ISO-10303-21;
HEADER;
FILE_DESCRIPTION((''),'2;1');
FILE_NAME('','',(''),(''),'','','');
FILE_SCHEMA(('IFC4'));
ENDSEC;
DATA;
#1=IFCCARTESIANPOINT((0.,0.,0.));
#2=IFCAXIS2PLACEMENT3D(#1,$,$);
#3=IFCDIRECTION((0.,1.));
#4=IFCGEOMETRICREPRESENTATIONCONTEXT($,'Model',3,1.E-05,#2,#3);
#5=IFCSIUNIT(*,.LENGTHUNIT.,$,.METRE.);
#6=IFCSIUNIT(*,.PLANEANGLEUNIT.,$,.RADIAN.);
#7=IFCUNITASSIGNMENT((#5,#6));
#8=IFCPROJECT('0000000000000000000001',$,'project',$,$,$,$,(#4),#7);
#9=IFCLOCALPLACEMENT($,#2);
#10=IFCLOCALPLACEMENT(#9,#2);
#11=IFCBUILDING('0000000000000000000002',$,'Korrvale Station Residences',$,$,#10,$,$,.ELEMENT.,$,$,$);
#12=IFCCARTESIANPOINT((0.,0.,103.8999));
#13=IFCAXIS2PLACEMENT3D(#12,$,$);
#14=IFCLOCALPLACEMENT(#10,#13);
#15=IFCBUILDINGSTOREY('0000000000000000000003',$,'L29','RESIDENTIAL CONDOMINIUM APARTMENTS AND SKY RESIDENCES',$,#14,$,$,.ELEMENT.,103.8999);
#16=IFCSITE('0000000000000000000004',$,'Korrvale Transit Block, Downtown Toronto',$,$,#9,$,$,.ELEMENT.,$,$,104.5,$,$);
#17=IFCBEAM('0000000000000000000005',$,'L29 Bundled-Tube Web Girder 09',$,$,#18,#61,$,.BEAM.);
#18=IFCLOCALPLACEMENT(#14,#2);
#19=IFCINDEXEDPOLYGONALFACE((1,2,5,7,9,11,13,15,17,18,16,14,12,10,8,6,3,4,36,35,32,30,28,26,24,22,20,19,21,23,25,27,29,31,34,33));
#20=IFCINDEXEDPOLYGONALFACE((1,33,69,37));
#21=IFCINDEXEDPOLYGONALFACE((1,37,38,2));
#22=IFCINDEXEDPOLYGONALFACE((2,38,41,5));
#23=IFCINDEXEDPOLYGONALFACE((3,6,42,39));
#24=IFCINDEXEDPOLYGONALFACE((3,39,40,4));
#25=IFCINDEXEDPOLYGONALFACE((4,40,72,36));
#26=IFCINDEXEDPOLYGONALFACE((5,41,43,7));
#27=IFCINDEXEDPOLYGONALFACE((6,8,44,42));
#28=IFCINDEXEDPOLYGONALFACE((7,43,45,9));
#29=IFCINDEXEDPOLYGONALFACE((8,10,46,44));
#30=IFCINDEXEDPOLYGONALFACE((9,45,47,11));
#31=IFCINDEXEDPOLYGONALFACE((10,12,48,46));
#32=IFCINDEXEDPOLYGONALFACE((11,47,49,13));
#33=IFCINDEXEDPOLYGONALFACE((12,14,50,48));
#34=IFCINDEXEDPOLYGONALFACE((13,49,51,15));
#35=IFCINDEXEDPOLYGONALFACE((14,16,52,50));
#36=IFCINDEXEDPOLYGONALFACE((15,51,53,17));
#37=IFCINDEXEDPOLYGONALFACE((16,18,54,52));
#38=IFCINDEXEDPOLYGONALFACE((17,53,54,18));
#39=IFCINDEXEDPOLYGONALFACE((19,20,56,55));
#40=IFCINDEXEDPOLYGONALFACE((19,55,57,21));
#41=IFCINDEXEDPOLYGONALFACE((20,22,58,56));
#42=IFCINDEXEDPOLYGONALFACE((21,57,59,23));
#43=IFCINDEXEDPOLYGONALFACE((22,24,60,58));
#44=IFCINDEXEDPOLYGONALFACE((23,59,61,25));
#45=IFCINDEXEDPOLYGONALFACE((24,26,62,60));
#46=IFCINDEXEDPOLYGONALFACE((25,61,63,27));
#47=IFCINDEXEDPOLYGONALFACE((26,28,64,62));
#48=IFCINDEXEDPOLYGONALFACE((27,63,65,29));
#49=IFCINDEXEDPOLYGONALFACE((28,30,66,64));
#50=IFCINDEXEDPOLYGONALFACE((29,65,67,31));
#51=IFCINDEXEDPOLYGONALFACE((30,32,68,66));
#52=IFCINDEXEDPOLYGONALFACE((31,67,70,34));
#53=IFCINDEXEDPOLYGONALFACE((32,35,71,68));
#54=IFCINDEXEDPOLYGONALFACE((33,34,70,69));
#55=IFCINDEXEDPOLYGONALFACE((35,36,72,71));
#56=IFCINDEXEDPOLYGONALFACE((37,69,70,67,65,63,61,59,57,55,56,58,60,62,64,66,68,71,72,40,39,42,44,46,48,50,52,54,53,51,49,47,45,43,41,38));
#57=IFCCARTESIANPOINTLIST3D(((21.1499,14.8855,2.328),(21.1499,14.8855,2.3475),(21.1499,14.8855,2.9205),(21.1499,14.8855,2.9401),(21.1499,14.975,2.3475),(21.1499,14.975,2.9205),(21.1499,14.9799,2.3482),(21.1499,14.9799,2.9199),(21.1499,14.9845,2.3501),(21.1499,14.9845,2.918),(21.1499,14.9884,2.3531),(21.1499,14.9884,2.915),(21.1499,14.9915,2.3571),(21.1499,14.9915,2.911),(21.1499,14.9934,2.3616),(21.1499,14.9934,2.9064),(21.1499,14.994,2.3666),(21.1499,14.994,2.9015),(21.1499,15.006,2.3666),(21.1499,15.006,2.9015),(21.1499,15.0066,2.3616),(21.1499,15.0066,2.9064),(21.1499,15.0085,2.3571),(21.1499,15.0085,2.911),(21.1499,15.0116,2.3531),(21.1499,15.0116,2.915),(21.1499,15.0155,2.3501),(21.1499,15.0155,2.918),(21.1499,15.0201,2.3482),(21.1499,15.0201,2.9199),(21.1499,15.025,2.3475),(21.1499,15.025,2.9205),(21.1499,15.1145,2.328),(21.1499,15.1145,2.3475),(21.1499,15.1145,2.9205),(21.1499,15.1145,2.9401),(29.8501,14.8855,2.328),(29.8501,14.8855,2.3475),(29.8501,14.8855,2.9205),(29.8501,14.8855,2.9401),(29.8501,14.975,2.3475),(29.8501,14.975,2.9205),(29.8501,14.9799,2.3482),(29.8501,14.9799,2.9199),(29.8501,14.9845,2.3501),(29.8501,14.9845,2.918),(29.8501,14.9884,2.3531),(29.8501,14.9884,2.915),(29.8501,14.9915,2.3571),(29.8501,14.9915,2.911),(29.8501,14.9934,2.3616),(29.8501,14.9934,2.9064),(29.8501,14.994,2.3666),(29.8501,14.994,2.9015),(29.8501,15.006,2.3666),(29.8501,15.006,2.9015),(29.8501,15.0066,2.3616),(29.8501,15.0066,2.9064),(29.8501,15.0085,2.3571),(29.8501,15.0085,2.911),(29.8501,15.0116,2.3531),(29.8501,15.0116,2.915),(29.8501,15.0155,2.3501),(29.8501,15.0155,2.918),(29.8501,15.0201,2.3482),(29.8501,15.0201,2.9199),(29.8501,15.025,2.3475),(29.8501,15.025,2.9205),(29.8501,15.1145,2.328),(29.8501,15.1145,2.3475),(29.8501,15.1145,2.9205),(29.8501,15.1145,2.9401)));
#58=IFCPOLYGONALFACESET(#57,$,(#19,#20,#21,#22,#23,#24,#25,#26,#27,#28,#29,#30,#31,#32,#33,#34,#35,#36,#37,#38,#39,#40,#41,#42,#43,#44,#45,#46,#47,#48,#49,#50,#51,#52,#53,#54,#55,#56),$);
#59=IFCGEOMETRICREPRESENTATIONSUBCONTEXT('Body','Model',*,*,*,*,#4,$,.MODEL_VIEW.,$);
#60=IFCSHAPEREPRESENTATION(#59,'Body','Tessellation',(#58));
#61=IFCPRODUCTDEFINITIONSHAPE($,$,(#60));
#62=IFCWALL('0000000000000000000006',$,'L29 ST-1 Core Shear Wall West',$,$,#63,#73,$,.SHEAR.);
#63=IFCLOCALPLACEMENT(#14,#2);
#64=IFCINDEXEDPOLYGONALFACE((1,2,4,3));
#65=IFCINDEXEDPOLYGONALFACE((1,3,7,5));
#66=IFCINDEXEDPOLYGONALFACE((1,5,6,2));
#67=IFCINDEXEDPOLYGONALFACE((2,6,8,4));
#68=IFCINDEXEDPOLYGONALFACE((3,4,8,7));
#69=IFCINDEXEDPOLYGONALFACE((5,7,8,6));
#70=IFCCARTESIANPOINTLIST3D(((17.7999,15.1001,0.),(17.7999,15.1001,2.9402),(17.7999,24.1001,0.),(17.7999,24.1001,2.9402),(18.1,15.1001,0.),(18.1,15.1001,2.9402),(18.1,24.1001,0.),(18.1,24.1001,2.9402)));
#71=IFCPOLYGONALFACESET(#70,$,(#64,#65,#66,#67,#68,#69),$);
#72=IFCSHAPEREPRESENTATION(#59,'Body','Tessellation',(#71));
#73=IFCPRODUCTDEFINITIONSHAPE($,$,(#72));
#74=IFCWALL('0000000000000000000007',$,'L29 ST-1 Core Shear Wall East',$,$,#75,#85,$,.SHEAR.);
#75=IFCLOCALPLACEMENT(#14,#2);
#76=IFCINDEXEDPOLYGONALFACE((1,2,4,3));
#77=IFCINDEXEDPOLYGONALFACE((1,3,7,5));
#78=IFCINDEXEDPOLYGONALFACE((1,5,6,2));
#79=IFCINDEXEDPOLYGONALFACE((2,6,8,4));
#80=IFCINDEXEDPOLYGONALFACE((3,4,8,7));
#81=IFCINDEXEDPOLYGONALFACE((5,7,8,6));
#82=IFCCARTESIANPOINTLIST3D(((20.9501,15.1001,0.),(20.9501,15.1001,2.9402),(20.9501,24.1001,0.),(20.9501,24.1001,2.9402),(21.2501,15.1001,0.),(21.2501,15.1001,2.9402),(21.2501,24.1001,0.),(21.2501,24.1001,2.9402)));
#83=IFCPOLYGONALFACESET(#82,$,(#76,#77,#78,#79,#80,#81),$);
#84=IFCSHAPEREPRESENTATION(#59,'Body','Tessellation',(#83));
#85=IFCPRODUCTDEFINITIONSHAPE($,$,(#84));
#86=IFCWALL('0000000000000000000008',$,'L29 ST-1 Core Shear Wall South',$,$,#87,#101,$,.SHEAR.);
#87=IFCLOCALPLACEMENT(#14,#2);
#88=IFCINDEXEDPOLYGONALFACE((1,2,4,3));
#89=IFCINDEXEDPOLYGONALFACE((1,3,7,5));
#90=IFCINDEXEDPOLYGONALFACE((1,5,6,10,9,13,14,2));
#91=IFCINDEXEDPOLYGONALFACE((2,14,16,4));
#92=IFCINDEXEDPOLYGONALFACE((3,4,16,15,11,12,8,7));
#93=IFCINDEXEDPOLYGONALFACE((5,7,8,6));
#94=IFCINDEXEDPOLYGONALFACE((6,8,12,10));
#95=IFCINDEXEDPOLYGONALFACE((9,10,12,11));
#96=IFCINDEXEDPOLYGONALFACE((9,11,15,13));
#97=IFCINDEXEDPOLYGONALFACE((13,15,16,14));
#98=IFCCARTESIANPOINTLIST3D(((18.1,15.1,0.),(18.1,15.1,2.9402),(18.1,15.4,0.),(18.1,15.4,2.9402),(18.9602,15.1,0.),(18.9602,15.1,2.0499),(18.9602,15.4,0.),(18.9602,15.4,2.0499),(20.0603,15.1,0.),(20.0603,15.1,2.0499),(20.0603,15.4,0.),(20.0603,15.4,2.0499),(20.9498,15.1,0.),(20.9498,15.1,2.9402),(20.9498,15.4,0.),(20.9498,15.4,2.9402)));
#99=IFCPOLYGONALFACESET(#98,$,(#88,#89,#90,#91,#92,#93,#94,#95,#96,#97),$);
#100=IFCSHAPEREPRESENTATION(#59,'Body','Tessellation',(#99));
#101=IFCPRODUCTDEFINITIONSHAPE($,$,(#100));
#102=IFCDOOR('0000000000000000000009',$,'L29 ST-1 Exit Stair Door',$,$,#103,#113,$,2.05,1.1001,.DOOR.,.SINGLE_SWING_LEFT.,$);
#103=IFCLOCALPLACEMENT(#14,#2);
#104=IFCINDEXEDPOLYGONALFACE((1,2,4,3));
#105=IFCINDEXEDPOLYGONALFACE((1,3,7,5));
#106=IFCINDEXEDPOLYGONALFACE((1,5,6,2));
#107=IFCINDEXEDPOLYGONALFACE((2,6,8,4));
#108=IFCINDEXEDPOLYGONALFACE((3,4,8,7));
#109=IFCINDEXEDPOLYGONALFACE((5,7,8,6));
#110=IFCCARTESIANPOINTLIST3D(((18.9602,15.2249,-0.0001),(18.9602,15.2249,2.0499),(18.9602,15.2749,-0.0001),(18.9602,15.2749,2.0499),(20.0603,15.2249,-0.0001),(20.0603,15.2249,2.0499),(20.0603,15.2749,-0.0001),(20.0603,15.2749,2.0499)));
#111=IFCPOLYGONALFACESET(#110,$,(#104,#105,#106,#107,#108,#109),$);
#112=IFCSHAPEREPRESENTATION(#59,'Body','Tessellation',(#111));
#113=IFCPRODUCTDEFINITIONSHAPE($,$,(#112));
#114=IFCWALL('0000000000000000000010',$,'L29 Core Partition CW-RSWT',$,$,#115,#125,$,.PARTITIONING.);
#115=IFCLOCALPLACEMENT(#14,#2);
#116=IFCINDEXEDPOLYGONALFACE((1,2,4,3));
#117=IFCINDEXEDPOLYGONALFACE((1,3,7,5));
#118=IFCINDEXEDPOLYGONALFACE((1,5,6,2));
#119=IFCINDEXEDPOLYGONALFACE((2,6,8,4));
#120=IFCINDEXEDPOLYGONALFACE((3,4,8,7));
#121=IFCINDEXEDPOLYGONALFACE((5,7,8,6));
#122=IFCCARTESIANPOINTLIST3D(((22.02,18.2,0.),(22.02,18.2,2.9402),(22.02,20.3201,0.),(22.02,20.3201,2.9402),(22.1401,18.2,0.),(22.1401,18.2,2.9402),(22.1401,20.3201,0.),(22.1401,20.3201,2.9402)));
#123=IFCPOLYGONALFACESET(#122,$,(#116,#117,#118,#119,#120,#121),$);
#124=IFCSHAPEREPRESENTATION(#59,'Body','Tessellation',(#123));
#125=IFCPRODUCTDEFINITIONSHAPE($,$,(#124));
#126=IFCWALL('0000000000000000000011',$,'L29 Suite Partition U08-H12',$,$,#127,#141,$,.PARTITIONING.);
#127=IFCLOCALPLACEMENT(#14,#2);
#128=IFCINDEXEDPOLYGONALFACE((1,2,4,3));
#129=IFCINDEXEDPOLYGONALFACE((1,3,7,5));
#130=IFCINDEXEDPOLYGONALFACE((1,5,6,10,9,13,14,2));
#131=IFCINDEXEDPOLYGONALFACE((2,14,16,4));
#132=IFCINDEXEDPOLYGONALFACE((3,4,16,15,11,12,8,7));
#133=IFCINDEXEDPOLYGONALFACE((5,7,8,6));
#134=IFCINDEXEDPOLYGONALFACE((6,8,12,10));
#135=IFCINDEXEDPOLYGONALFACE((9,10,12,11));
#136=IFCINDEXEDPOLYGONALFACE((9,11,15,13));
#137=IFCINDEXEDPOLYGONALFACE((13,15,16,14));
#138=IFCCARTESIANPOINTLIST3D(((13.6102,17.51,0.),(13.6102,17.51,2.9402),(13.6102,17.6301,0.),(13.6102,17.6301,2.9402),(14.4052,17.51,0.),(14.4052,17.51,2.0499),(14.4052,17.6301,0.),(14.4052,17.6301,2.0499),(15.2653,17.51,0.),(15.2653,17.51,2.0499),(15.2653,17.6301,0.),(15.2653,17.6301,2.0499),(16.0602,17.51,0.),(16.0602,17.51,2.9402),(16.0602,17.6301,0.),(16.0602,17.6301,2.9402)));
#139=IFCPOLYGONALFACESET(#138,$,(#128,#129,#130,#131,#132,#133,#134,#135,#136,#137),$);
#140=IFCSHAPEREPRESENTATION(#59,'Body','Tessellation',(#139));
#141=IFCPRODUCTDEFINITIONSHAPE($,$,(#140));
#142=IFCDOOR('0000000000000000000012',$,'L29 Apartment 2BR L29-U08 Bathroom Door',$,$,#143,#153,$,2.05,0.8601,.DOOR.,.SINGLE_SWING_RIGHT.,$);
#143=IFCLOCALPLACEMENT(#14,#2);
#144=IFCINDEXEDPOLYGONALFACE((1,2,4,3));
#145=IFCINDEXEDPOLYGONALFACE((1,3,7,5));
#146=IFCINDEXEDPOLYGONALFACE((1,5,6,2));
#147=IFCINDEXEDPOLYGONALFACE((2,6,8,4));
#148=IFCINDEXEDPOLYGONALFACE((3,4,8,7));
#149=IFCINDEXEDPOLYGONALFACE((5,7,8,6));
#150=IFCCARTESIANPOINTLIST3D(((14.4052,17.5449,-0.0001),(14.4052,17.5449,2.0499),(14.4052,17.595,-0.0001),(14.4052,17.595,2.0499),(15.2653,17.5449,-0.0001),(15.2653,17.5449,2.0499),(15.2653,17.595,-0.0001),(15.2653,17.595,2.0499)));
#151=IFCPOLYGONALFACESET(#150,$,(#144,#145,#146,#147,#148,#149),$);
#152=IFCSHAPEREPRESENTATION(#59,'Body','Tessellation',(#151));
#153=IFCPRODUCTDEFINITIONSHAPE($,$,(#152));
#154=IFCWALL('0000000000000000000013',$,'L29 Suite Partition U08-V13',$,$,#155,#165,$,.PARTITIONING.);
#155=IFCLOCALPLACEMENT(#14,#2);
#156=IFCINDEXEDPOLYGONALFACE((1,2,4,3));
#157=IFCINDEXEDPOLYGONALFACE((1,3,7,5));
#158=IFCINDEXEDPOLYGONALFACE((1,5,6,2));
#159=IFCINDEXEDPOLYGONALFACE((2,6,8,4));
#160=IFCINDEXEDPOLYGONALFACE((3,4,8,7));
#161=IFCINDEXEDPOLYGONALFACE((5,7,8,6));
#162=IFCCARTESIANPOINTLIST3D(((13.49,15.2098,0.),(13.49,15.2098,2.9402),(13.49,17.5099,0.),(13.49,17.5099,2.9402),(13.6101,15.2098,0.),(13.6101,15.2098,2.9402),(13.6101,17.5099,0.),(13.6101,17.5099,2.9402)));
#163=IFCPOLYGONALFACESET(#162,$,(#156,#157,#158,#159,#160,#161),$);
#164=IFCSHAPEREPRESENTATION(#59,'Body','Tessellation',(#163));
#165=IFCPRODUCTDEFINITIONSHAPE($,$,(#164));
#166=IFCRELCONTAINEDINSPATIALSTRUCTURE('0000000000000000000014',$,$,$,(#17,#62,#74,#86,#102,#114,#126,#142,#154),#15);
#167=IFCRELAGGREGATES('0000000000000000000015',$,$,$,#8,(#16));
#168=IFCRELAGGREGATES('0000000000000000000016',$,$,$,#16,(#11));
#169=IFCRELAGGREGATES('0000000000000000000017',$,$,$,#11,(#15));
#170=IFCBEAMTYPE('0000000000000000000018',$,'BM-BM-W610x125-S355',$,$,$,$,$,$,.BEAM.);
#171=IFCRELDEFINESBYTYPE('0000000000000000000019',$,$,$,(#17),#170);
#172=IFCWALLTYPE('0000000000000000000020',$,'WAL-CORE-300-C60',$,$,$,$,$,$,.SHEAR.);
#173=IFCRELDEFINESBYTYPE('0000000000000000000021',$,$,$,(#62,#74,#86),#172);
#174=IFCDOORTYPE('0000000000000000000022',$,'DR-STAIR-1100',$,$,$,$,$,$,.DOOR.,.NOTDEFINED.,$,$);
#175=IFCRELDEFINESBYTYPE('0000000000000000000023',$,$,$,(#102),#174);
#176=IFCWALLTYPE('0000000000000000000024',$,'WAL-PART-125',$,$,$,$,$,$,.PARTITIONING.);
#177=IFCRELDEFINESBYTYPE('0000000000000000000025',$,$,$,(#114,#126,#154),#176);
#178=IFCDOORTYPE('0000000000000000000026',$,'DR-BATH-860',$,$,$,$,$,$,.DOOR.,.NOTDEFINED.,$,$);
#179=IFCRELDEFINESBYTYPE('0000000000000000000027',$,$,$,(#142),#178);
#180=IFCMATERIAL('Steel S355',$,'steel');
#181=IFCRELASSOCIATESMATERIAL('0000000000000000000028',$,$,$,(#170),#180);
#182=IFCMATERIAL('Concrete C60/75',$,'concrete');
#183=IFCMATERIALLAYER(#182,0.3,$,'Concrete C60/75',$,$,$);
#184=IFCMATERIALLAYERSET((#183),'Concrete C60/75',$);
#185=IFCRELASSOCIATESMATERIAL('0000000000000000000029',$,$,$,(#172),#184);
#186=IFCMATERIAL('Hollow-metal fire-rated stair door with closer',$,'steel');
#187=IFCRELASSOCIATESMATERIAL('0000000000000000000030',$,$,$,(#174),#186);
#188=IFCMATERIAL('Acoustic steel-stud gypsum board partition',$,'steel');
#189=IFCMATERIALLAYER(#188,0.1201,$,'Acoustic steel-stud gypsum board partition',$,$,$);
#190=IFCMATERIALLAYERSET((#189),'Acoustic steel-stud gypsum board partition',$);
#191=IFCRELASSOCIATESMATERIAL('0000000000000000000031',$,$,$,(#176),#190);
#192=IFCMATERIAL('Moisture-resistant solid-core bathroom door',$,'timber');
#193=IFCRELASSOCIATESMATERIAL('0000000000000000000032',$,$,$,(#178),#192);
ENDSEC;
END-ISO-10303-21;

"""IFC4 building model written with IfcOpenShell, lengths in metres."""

from ifc_helpers import new_model, si_unit, direction, frame, frame_2d, origin, origin_2d, place, context, subcontext, project, spatial, rectangle, i_section, extrude, material, layer, layer_set, material_profile, profile_set, type_object, element, fill, save


model = new_model("IFC4")

# Units and contexts
model_context = context("Model", 3, precision=1e-05, world=origin(), true_north=direction((0.0, 1.0)))
body_context = subcontext(model_context, "Body", "Model", "MODEL_VIEW")
ifc_project = project(units=[si_unit("LENGTHUNIT", "METRE"), si_unit("PLANEANGLEUNIT", "RADIAN")], contexts=[model_context])

# Site, building, storey
site_placement = place(None, origin())
site = spatial("IfcSite", under=ifc_project, at=site_placement, Name="Korrvale Transit Block, Downtown Toronto", CompositionType="ELEMENT", RefElevation=104.5)
building_placement = place(site_placement, origin())
building = spatial("IfcBuilding", under=site, at=building_placement, Name="Korrvale Station Residences", CompositionType="ELEMENT")
storey_placement = place(building_placement, frame((0.0, 0.0, 103.8999)))
storey = spatial("IfcBuildingStorey", under=building, at=storey_placement, Name="L29", Description="RESIDENTIAL CONDOMINIUM APARTMENTS AND SKY RESIDENCES", CompositionType="ELEMENT", Elevation=103.8999)

# Beam
ifc_material_1 = material(Name="Steel S355", Category="steel")
ifc_material_profile = material_profile(ifc_material_1, i_section(OverallWidth=0.229, OverallDepth=0.6121, WebThickness=0.012, FlangeThickness=0.0195, FilletRadius=0.019, at=origin_2d()), Name="W610x125")
ifc_profile_set = profile_set([ifc_material_profile], Name="Steel S355")
beam_type = type_object("IfcBeamType", Name="BM-BM-W610x125-S355", PredefinedType="BEAM", material=ifc_profile_set)
beam_placement = place(storey_placement, frame((21.1499, 15.0, 2.634), z_axis=(1.0, 0.0, 0.0), x_axis=(0.0, 1.0, 0.0)))
element("IfcBeam", 1, at=beam_placement, inside=storey, type_object=beam_type, Name="L29 Bundled-Tube Web Girder 09", PredefinedType="BEAM", context=body_context, shape_type="SweptSolid", body=[
    extrude(i_section(OverallWidth=0.229, OverallDepth=0.6121, WebThickness=0.012, FlangeThickness=0.0195, FilletRadius=0.019, at=origin_2d()), origin(), (0.0, 0.0, 1.0), 8.7002),
])

# Walls
ifc_material_2 = material(Name="Concrete C60/75", Category="concrete")
ifc_layer_1 = layer(ifc_material_2, 0.3, Name="Concrete C60/75")
ifc_layer_set_1 = layer_set([ifc_layer_1], Name="Concrete C60/75")
wall_type_1 = type_object("IfcWallType", Name="WAL-CORE-300-C60", PredefinedType="SHEAR", material=ifc_layer_set_1)
for number, where, z_axis, x_axis, name in (
    (2, (17.95, 15.1001, 0.0), (0.0, 0.0, 1.0), (0.0, 1.0, 0.0), "L29 ST-1 Core Shear Wall West"),
    (3, (21.1001, 15.1001, 0.0), (0.0, 0.0, 1.0), (0.0, 1.0, 0.0), "L29 ST-1 Core Shear Wall East"),
):
    element("IfcWall", number, at=place(storey_placement, frame(where, z_axis=z_axis, x_axis=x_axis)), inside=storey, type_object=wall_type_1, Name=name, PredefinedType="SHEAR", context=body_context, shape_type="SweptSolid", body=[
        extrude(rectangle(XDim=9.0, YDim=0.3, at=frame_2d((4.5, 0.0))), origin(), (0.0, 0.0, 1.0), 2.9402),
    ])

# Wall, opening, door
wall_1_placement = place(storey_placement, frame((18.1001, 15.25, 0.0), z_axis=(0.0, 0.0, 1.0), x_axis=(1.0, 0.0, 0.0)))
wall_1 = element("IfcWall", 4, at=wall_1_placement, inside=storey, type_object=wall_type_1, Name="L29 ST-1 Core Shear Wall South", PredefinedType="SHEAR", context=body_context, shape_type="SweptSolid", body=[
    extrude(rectangle(XDim=2.8499, YDim=0.3, at=frame_2d((1.4248, 0.0))), origin(), (0.0, 0.0, 1.0), 2.9402),
])
opening_1_placement = place(wall_1_placement, frame((0.8601, 0.0, 0.0)))
opening_1 = element("IfcOpeningElement", 5, at=opening_1_placement, cuts=wall_1, PredefinedType="OPENING", context=body_context, shape_type="SweptSolid", body=[
    extrude(rectangle(XDim=1.1001, YDim=2.05, at=frame_2d((0.55, 1.0249))), frame((0.0, 0.1602, 0.0), z_axis=(0.0, -1.0, 0.0), x_axis=(1.0, 0.0, 0.0)), (0.0, 0.0, 1.0), 0.3201),
])
ifc_material_3 = material(Name="Hollow-metal fire-rated stair door with closer", Category="steel")
door_type_1 = type_object("IfcDoorType", Name="DR-STAIR-1100", OperationType="NOTDEFINED", PredefinedType="DOOR", material=ifc_material_3)
door_1_placement = place(opening_1_placement, origin())
door_1 = element("IfcDoor", 6, at=door_1_placement, inside=storey, type_object=door_type_1, Name="L29 ST-1 Exit Stair Door", OperationType="SINGLE_SWING_LEFT", OverallHeight=2.05, OverallWidth=1.1001, PredefinedType="DOOR", context=body_context, shape_type="SweptSolid", body=[
    extrude(rectangle(XDim=1.1001, YDim=2.05, at=frame_2d((0.55, 1.0249))), frame((0.0, 0.0249, 0.0), z_axis=(0.0, -1.0, 0.0), x_axis=(1.0, 0.0, 0.0)), (0.0, 0.0, 1.0), 0.05),
])
fill(opening_1, door_1)

# Wall
ifc_material_4 = material(Name="Acoustic steel-stud gypsum board partition", Category="steel")
ifc_layer_2 = layer(ifc_material_4, 0.1201, Name="Acoustic steel-stud gypsum board partition")
ifc_layer_set_2 = layer_set([ifc_layer_2], Name="Acoustic steel-stud gypsum board partition")
wall_type_2 = type_object("IfcWallType", Name="WAL-PART-125", PredefinedType="PARTITIONING", material=ifc_layer_set_2)
wall_2_placement = place(storey_placement, frame((22.0801, 18.2, 0.0), z_axis=(0.0, 0.0, 1.0), x_axis=(0.0, 1.0, 0.0)))
element("IfcWall", 7, at=wall_2_placement, inside=storey, type_object=wall_type_2, Name="L29 Core Partition CW-RSWT", PredefinedType="PARTITIONING", context=body_context, shape_type="SweptSolid", body=[
    extrude(rectangle(XDim=2.1201, YDim=0.1201, at=frame_2d((1.0601, 0.0))), origin(), (0.0, 0.0, 1.0), 2.9402),
])

# Wall, opening, door
wall_3_placement = place(storey_placement, frame((13.6101, 17.5701, 0.0), z_axis=(0.0, 0.0, 1.0), x_axis=(1.0, 0.0, 0.0)))
wall_3 = element("IfcWall", 8, at=wall_3_placement, inside=storey, type_object=wall_type_2, Name="L29 Suite Partition U08-H12", PredefinedType="PARTITIONING", context=body_context, shape_type="SweptSolid", body=[
    extrude(rectangle(XDim=2.45, YDim=0.1201, at=frame_2d((1.2251, 0.0))), origin(), (0.0, 0.0, 1.0), 2.9402),
])
opening_2_placement = place(wall_3_placement, frame((0.7949, 0.0, 0.0)))
opening_2 = element("IfcOpeningElement", 9, at=opening_2_placement, cuts=wall_3, PredefinedType="OPENING", context=body_context, shape_type="SweptSolid", body=[
    extrude(rectangle(XDim=0.8601, YDim=2.05, at=frame_2d((0.4302, 1.0249))), frame((0.0, 0.0701, 0.0), z_axis=(0.0, -1.0, 0.0), x_axis=(1.0, 0.0, 0.0)), (0.0, 0.0, 1.0), 0.1401),
])
ifc_material_5 = material(Name="Moisture-resistant solid-core bathroom door", Category="timber")
door_type_2 = type_object("IfcDoorType", Name="DR-BATH-860", OperationType="NOTDEFINED", PredefinedType="DOOR", material=ifc_material_5)
door_2_placement = place(opening_2_placement, origin())
door_2 = element("IfcDoor", 10, at=door_2_placement, inside=storey, type_object=door_type_2, Name="L29 Apartment 2BR L29-U08 Bathroom Door", OperationType="SINGLE_SWING_RIGHT", OverallHeight=2.05, OverallWidth=0.8601, PredefinedType="DOOR", context=body_context, shape_type="SweptSolid", body=[
    extrude(rectangle(XDim=0.8601, YDim=2.05, at=frame_2d((0.4302, 1.0249))), frame((0.0, 0.0249, 0.0), z_axis=(0.0, -1.0, 0.0), x_axis=(1.0, 0.0, 0.0)), (0.0, 0.0, 1.0), 0.05),
])
fill(opening_2, door_2)

# Wall
wall_4_placement = place(storey_placement, frame((13.55, 15.21, 0.0), z_axis=(0.0, 0.0, 1.0), x_axis=(0.0, 1.0, 0.0)))
element("IfcWall", 11, at=wall_4_placement, inside=storey, type_object=wall_type_2, Name="L29 Suite Partition U08-V13", PredefinedType="PARTITIONING", context=body_context, shape_type="SweptSolid", body=[
    extrude(rectangle(XDim=2.3, YDim=0.1201, at=frame_2d((1.1499, 0.0))), origin(), (0.0, 0.0, 1.0), 2.9402),
])

save(model, "model.ifc")
